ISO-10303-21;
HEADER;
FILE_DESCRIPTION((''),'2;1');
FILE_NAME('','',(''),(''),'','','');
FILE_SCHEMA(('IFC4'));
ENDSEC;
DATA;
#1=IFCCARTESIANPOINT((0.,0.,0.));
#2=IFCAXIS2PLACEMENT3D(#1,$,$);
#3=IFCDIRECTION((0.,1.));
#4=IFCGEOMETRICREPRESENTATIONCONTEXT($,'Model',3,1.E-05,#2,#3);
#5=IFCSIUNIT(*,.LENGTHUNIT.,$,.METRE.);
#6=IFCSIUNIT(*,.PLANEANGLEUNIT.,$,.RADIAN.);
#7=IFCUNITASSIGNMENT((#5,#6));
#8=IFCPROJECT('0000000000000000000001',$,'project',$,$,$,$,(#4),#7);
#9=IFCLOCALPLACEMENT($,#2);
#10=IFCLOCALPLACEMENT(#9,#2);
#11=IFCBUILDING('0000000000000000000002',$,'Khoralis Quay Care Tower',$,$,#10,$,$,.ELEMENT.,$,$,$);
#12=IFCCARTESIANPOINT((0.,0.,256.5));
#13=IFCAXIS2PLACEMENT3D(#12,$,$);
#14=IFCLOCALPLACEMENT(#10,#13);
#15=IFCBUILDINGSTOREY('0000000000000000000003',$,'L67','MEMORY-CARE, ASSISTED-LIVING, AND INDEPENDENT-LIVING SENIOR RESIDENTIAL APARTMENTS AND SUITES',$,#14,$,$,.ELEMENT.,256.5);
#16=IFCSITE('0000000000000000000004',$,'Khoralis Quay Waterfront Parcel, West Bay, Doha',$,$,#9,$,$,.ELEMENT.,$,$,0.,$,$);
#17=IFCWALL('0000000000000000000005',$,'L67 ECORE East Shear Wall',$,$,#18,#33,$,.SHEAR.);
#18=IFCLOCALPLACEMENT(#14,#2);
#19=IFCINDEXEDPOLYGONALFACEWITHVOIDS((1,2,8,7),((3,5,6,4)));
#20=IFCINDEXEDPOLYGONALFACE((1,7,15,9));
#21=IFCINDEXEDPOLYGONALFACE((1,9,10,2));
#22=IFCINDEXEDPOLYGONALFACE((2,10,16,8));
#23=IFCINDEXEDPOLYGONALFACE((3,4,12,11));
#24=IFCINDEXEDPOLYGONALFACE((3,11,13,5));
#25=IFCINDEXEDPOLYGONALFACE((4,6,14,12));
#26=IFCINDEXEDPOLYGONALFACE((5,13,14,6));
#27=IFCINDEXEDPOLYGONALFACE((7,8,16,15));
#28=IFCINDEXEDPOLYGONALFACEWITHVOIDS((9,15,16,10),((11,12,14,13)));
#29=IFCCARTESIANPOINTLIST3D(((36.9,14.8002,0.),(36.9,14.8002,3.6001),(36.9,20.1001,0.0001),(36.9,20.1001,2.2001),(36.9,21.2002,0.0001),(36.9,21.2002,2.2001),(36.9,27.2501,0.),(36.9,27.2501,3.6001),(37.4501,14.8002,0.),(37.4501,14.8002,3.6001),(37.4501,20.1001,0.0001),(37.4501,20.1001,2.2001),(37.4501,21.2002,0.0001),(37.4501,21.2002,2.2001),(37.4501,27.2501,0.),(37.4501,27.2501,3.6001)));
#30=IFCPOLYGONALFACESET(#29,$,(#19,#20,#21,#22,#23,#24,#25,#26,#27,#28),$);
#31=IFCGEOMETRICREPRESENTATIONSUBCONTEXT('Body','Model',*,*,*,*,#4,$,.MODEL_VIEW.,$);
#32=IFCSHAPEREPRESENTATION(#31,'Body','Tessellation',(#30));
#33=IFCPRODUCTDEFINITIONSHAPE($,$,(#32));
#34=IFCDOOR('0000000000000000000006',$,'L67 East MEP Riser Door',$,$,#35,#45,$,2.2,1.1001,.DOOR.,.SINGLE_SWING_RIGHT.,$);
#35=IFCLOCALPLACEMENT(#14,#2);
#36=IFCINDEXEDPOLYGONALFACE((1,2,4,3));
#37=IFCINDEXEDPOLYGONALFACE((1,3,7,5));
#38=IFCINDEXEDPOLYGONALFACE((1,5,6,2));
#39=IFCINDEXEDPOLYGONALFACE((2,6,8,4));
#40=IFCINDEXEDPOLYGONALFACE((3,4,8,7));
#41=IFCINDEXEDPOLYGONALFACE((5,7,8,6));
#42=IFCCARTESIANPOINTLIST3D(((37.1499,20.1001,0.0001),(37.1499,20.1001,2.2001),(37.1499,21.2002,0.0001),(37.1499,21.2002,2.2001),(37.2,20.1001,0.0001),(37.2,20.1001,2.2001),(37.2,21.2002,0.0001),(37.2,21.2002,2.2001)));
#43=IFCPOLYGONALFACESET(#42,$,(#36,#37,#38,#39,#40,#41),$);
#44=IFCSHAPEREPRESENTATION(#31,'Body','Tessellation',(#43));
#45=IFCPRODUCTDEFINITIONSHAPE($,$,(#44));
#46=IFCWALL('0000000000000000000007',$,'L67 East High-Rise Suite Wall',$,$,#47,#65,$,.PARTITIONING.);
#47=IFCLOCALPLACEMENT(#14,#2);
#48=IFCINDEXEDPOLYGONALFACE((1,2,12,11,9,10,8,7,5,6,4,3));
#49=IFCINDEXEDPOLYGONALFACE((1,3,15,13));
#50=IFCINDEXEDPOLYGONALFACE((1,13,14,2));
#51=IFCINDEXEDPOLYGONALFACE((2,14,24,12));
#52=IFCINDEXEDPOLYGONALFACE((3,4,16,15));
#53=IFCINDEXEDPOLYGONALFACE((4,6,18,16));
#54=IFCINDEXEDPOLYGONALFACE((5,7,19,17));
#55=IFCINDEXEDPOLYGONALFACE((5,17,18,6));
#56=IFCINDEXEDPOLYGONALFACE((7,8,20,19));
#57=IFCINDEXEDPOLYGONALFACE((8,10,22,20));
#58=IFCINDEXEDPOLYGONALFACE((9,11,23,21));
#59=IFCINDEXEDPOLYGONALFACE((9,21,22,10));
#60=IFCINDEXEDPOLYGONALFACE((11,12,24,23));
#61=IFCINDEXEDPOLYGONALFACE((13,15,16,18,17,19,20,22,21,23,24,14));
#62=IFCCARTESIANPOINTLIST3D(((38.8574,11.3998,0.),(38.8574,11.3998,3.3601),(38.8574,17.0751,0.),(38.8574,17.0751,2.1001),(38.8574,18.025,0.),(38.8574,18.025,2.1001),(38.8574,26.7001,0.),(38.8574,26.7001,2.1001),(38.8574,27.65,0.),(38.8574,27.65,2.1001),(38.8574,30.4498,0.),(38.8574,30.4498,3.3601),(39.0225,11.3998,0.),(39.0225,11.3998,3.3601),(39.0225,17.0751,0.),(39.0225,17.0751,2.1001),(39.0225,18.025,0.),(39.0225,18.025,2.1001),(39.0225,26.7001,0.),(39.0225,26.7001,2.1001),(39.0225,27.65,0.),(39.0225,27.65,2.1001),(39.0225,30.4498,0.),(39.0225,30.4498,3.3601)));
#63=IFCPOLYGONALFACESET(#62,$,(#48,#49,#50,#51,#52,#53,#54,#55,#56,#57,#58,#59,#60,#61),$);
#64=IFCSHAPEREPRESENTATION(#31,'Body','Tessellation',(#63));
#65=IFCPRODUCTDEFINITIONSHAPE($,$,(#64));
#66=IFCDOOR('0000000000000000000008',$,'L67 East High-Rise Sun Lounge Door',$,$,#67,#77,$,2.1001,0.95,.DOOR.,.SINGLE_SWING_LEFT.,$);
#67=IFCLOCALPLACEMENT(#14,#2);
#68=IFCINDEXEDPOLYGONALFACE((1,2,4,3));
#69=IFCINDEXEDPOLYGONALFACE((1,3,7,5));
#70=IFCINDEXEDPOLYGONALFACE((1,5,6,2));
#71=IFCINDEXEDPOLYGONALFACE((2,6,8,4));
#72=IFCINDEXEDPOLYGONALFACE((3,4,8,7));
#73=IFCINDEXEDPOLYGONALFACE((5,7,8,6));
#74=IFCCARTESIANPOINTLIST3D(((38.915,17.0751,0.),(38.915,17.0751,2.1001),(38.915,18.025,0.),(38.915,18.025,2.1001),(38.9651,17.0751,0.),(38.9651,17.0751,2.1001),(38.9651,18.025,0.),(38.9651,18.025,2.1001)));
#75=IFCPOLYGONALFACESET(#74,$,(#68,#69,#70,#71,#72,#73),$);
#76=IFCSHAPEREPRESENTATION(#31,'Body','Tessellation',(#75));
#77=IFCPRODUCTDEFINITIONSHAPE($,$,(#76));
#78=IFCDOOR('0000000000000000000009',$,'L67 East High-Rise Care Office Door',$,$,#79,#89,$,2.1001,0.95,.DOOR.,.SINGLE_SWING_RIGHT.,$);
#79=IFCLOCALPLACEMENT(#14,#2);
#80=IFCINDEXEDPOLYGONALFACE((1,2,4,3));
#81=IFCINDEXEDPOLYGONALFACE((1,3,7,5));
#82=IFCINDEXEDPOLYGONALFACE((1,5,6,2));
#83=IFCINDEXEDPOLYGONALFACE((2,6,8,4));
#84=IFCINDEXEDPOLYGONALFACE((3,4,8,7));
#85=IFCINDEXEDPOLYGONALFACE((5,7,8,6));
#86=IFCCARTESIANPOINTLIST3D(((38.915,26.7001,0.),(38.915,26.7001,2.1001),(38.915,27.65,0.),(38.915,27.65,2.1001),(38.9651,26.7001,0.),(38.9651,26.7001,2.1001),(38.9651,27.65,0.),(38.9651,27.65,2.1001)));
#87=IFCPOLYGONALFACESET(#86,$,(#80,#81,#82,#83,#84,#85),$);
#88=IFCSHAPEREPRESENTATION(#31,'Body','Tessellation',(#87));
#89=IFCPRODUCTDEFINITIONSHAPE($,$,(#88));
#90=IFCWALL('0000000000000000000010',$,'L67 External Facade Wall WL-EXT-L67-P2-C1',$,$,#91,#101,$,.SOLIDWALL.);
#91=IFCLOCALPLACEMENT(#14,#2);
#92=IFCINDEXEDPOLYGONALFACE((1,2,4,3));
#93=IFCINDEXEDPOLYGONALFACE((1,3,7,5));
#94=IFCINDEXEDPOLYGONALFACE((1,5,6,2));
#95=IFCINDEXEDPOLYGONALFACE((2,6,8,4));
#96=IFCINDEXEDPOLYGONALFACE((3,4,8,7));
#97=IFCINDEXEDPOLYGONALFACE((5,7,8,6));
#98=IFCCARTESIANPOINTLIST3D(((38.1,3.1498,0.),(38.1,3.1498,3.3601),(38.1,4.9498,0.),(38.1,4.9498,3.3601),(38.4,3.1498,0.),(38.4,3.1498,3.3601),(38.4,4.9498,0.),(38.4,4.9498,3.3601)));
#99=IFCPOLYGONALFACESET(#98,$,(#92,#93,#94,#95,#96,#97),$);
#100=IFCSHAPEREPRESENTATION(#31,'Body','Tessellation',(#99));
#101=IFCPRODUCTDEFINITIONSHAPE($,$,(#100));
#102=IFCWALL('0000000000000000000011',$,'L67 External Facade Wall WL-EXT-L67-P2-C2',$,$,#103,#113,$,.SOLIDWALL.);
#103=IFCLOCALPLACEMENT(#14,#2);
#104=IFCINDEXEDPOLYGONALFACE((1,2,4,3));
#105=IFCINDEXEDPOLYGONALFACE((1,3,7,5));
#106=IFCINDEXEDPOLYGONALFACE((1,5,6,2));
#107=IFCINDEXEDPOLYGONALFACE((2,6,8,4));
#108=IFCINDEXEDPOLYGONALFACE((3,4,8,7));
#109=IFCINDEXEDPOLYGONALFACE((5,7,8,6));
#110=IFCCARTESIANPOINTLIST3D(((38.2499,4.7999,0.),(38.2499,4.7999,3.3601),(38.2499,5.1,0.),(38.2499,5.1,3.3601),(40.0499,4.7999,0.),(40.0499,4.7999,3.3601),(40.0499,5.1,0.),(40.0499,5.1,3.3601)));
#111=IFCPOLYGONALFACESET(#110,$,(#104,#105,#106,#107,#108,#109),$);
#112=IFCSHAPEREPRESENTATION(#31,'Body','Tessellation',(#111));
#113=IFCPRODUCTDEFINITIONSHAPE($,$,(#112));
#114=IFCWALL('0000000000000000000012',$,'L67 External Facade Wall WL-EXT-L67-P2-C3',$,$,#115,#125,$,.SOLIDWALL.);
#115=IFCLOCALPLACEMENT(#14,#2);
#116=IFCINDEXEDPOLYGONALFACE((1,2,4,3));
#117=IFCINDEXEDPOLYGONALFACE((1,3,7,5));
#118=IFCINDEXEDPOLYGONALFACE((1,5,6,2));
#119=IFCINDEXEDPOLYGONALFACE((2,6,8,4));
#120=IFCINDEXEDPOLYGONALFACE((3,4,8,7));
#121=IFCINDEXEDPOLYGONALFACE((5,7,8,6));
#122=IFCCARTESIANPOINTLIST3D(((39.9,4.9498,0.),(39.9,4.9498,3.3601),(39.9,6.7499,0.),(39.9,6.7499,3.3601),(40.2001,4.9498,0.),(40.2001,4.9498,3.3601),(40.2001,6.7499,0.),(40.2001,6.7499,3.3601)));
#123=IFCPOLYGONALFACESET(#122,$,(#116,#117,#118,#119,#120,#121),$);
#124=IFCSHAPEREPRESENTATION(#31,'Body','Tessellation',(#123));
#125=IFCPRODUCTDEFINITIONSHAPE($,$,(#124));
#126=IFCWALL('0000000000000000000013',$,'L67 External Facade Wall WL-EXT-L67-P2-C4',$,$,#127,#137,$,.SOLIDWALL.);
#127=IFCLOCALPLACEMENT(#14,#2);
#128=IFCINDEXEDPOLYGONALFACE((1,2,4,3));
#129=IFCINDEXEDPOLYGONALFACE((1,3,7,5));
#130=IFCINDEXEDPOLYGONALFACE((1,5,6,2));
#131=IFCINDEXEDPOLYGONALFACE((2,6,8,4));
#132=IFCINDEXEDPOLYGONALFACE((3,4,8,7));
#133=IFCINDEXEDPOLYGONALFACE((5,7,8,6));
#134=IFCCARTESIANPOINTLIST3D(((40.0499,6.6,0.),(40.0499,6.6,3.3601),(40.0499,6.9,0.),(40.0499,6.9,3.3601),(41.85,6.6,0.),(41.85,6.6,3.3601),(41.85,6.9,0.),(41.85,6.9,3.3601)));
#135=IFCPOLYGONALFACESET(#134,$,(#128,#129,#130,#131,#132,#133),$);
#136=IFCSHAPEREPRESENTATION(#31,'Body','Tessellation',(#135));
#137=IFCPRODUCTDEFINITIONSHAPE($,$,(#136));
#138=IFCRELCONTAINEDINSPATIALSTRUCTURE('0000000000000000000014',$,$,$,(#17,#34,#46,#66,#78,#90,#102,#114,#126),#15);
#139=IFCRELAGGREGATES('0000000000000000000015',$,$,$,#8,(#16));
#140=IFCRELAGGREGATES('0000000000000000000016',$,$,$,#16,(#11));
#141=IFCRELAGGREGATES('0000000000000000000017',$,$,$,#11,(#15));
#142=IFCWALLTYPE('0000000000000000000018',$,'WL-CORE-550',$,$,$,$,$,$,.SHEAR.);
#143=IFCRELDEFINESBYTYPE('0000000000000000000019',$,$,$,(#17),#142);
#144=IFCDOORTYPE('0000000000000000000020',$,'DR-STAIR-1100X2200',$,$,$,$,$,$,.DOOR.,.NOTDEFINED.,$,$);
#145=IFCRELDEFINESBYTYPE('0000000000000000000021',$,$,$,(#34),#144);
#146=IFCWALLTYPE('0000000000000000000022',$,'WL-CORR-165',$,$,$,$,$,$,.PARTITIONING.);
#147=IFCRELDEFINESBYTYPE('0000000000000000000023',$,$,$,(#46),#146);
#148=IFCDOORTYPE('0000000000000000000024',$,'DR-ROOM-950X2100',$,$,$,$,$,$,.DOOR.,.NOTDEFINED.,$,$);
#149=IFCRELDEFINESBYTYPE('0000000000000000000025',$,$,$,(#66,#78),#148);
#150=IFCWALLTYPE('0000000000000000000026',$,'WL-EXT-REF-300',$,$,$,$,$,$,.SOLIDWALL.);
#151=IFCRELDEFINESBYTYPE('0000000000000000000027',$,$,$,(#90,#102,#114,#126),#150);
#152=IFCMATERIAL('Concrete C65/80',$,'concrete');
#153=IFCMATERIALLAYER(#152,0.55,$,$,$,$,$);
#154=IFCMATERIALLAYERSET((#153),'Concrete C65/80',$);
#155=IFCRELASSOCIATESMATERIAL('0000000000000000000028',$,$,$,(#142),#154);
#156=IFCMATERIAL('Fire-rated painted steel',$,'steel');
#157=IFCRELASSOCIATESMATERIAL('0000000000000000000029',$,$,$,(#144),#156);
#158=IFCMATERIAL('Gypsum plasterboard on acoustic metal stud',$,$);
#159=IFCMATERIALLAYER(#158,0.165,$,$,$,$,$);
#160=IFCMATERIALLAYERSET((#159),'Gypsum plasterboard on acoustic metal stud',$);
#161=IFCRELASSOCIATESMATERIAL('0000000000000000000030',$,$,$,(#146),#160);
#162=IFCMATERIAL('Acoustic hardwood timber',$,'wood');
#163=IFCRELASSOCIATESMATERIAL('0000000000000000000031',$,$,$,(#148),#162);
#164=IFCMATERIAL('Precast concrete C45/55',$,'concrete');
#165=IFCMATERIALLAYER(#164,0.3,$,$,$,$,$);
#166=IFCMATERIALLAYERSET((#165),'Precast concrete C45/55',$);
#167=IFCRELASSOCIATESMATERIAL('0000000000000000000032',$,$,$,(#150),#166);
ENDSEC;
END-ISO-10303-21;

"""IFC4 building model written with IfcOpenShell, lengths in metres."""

from ifc_helpers import new_model, si_unit, direction, frame, frame_2d, origin, place, context, subcontext, project, spatial, rectangle, extrude, source, transform, mapped, material, layer, layer_set, type_object, element, fill, save


model = new_model("IFC4")

# Units and contexts
model_context = context("Model", 3, precision=1e-05, world=origin(), true_north=direction((0.0, 1.0)))
body_context = subcontext(model_context, "Body", "Model", "MODEL_VIEW")
ifc_project = project(units=[si_unit("LENGTHUNIT", "METRE"), si_unit("PLANEANGLEUNIT", "RADIAN")], contexts=[model_context])

# Site, building, storey
site_placement = place(None, origin())
site = spatial("IfcSite", under=ifc_project, at=site_placement, Name="Khoralis Quay Waterfront Parcel, West Bay, Doha", CompositionType="ELEMENT", RefElevation=0.0)
building_placement = place(site_placement, origin())
building = spatial("IfcBuilding", under=site, at=building_placement, Name="Khoralis Quay Care Tower", CompositionType="ELEMENT")
storey_placement = place(building_placement, frame((0.0, 0.0, 256.5)))
storey = spatial("IfcBuildingStorey", under=building, at=storey_placement, Name="L67", Description="MEMORY-CARE, ASSISTED-LIVING, AND INDEPENDENT-LIVING SENIOR RESIDENTIAL APARTMENTS AND SUITES", CompositionType="ELEMENT", Elevation=256.5)

# Shared definitions
ifc_material_1 = material(Name="Gypsum plasterboard on acoustic metal stud")

# Wall, opening, door
ifc_material_2 = material(Name="Concrete C65/80", Category="concrete")
ifc_layer_1 = layer(ifc_material_2, 0.55)
ifc_layer_set_1 = layer_set([ifc_layer_1], Name="Concrete C65/80")
wall_type_1 = type_object("IfcWallType", Name="WL-CORE-550", PredefinedType="SHEAR", material=ifc_layer_set_1)
wall_1_placement = place(storey_placement, frame((37.175, 14.8, 0.0), z_axis=(0.0, 0.0, 1.0), x_axis=(0.0, 1.0, 0.0)))
wall_1 = element("IfcWall", 1, at=wall_1_placement, inside=storey, type_object=wall_type_1, Name="L67 ECORE East Shear Wall", PredefinedType="SHEAR", context=body_context, shape_type="SweptSolid", body=[
    extrude(rectangle(XDim=12.45, YDim=0.55, at=frame_2d((6.2251, 0.0))), origin(), (0.0, 0.0, 1.0), 3.6001),
])
opening_1_placement = place(wall_1_placement, frame((5.3, 0.0, 0.0)))
opening_1 = element("IfcOpeningElement", 2, at=opening_1_placement, cuts=wall_1, PredefinedType="OPENING", context=body_context, shape_type="SweptSolid", body=[
    extrude(rectangle(XDim=1.1001, YDim=2.2, at=frame_2d((0.55, 1.1001))), frame((0.0, 0.2852, 0.0), z_axis=(0.0, -1.0, 0.0), x_axis=(1.0, 0.0, 0.0)), (0.0, 0.0, 1.0), 0.5701),
])
ifc_material_3 = material(Name="Fire-rated painted steel", Category="steel")
door_type_1 = type_object("IfcDoorType", Name="DR-STAIR-1100X2200", OperationType="NOTDEFINED", PredefinedType="DOOR", material=ifc_material_3)
shared_shape_1 = source(origin(), body_context, "Body", "SweptSolid", [
    extrude(rectangle(XDim=1.1001, YDim=2.2, at=frame_2d((0.55, 1.1001))), frame((0.0, 0.0249, 0.0), z_axis=(0.0, -1.0, 0.0), x_axis=(1.0, 0.0, 0.0)), (0.0, 0.0, 1.0), 0.05),
])
door_1_placement = place(opening_1_placement, frame((1.1001, 0.0, 0.0), z_axis=(0.0, 0.0, 1.0), x_axis=(-1.0, 0.0, 0.0)))
door_1 = element("IfcDoor", 3, at=door_1_placement, inside=storey, type_object=door_type_1, Name="L67 East MEP Riser Door", OperationType="SINGLE_SWING_RIGHT", OverallHeight=2.2, OverallWidth=1.1001, PredefinedType="DOOR", context=body_context, shape_type="MappedRepresentation", body=[
    mapped(shared_shape_1, transform((0.0, 0.0, 0.0), scale=1.0)),
])
fill(opening_1, door_1)

# Wall, openings, doors
ifc_layer_2 = layer(ifc_material_1, 0.165)
ifc_layer_set_2 = layer_set([ifc_layer_2], Name="Gypsum plasterboard on acoustic metal stud")
wall_type_2 = type_object("IfcWallType", Name="WL-CORR-165", PredefinedType="PARTITIONING", material=ifc_layer_set_2)
wall_2_placement = place(storey_placement, frame((38.9399, 11.3999, 0.0), z_axis=(0.0, 0.0, 1.0), x_axis=(0.0, 1.0, 0.0)))
wall_2 = element("IfcWall", 4, at=wall_2_placement, inside=storey, type_object=wall_type_2, Name="L67 East High-Rise Suite Wall", PredefinedType="PARTITIONING", context=body_context, shape_type="SweptSolid", body=[
    extrude(rectangle(XDim=19.05, YDim=0.165, at=frame_2d((9.5249, 0.0))), origin(), (0.0, 0.0, 1.0), 3.3601),
])
opening_2_placement = place(wall_2_placement, frame((5.675, 0.0, 0.0)))
opening_2 = element("IfcOpeningElement", 5, at=opening_2_placement, cuts=wall_2, PredefinedType="OPENING", context=body_context, shape_type="SweptSolid", body=[
    extrude(rectangle(XDim=0.95, YDim=2.1001, at=frame_2d((0.4751, 1.05))), frame((0.0, 0.0925, 0.0), z_axis=(0.0, -1.0, 0.0), x_axis=(1.0, 0.0, 0.0)), (0.0, 0.0, 1.0), 0.1851),
])
opening_3_placement = place(wall_2_placement, frame((15.3, 0.0, 0.0)))
opening_3 = element("IfcOpeningElement", 6, at=opening_3_placement, cuts=wall_2, PredefinedType="OPENING", context=body_context, shape_type="SweptSolid", body=[
    extrude(rectangle(XDim=0.95, YDim=2.1001, at=frame_2d((0.4751, 1.05))), frame((0.0, 0.0925, 0.0), z_axis=(0.0, -1.0, 0.0), x_axis=(1.0, 0.0, 0.0)), (0.0, 0.0, 1.0), 0.1851),
])
ifc_material_4 = material(Name="Acoustic hardwood timber", Category="wood")
door_type_2 = type_object("IfcDoorType", Name="DR-ROOM-950X2100", OperationType="NOTDEFINED", PredefinedType="DOOR", material=ifc_material_4)
shared_shape_2 = source(origin(), body_context, "Body", "SweptSolid", [
    extrude(rectangle(XDim=0.95, YDim=2.1001, at=frame_2d((0.4751, 1.05))), frame((0.0, 0.0249, 0.0), z_axis=(0.0, -1.0, 0.0), x_axis=(1.0, 0.0, 0.0)), (0.0, 0.0, 1.0), 0.05),
])
door_2_placement = place(opening_2_placement, origin())
door_2 = element("IfcDoor", 7, at=door_2_placement, inside=storey, type_object=door_type_2, Name="L67 East High-Rise Sun Lounge Door", OperationType="SINGLE_SWING_LEFT", OverallHeight=2.1001, OverallWidth=0.95, PredefinedType="DOOR", context=body_context, shape_type="MappedRepresentation", body=[
    mapped(shared_shape_2, transform((0.0, 0.0, 0.0), scale=1.0)),
])
fill(opening_2, door_2)
door_3_placement = place(opening_3_placement, origin())
door_3 = element("IfcDoor", 8, at=door_3_placement, inside=storey, type_object=door_type_2, Name="L67 East High-Rise Care Office Door", OperationType="SINGLE_SWING_RIGHT", OverallHeight=2.1001, OverallWidth=0.95, PredefinedType="DOOR", context=body_context, shape_type="MappedRepresentation", body=[
    mapped(shared_shape_2, transform((0.0, 0.0, 0.0), scale=1.0)),
])
fill(opening_3, door_3)

# Walls
ifc_material_5 = material(Name="Precast concrete C45/55", Category="concrete")
ifc_layer_3 = layer(ifc_material_5, 0.3)
ifc_layer_set_3 = layer_set([ifc_layer_3], Name="Precast concrete C45/55")
wall_type_3 = type_object("IfcWallType", Name="WL-EXT-REF-300", PredefinedType="SOLIDWALL", material=ifc_layer_set_3)
for number, where, z_axis, x_axis, name in (
    (9, (38.25, 3.1499, 0.0), (0.0, 0.0, 1.0), (0.0, 1.0, 0.0), "L67 External Facade Wall WL-EXT-L67-P2-C1"),
    (10, (38.25, 4.95, 0.0), (0.0, 0.0, 1.0), (1.0, 0.0, 0.0), "L67 External Facade Wall WL-EXT-L67-P2-C2"),
    (11, (40.05, 4.95, 0.0), (0.0, 0.0, 1.0), (0.0, 1.0, 0.0), "L67 External Facade Wall WL-EXT-L67-P2-C3"),
    (12, (40.05, 6.75, 0.0), (0.0, 0.0, 1.0), (1.0, 0.0, 0.0), "L67 External Facade Wall WL-EXT-L67-P2-C4"),
):
    element("IfcWall", number, at=place(storey_placement, frame(where, z_axis=z_axis, x_axis=x_axis)), inside=storey, type_object=wall_type_3, Name=name, PredefinedType="SOLIDWALL", context=body_context, shape_type="SweptSolid", body=[
        extrude(rectangle(XDim=1.8, YDim=0.3, at=frame_2d((0.8999, 0.0))), origin(), (0.0, 0.0, 1.0), 3.3601),
    ])

save(model, "model.ifc")
